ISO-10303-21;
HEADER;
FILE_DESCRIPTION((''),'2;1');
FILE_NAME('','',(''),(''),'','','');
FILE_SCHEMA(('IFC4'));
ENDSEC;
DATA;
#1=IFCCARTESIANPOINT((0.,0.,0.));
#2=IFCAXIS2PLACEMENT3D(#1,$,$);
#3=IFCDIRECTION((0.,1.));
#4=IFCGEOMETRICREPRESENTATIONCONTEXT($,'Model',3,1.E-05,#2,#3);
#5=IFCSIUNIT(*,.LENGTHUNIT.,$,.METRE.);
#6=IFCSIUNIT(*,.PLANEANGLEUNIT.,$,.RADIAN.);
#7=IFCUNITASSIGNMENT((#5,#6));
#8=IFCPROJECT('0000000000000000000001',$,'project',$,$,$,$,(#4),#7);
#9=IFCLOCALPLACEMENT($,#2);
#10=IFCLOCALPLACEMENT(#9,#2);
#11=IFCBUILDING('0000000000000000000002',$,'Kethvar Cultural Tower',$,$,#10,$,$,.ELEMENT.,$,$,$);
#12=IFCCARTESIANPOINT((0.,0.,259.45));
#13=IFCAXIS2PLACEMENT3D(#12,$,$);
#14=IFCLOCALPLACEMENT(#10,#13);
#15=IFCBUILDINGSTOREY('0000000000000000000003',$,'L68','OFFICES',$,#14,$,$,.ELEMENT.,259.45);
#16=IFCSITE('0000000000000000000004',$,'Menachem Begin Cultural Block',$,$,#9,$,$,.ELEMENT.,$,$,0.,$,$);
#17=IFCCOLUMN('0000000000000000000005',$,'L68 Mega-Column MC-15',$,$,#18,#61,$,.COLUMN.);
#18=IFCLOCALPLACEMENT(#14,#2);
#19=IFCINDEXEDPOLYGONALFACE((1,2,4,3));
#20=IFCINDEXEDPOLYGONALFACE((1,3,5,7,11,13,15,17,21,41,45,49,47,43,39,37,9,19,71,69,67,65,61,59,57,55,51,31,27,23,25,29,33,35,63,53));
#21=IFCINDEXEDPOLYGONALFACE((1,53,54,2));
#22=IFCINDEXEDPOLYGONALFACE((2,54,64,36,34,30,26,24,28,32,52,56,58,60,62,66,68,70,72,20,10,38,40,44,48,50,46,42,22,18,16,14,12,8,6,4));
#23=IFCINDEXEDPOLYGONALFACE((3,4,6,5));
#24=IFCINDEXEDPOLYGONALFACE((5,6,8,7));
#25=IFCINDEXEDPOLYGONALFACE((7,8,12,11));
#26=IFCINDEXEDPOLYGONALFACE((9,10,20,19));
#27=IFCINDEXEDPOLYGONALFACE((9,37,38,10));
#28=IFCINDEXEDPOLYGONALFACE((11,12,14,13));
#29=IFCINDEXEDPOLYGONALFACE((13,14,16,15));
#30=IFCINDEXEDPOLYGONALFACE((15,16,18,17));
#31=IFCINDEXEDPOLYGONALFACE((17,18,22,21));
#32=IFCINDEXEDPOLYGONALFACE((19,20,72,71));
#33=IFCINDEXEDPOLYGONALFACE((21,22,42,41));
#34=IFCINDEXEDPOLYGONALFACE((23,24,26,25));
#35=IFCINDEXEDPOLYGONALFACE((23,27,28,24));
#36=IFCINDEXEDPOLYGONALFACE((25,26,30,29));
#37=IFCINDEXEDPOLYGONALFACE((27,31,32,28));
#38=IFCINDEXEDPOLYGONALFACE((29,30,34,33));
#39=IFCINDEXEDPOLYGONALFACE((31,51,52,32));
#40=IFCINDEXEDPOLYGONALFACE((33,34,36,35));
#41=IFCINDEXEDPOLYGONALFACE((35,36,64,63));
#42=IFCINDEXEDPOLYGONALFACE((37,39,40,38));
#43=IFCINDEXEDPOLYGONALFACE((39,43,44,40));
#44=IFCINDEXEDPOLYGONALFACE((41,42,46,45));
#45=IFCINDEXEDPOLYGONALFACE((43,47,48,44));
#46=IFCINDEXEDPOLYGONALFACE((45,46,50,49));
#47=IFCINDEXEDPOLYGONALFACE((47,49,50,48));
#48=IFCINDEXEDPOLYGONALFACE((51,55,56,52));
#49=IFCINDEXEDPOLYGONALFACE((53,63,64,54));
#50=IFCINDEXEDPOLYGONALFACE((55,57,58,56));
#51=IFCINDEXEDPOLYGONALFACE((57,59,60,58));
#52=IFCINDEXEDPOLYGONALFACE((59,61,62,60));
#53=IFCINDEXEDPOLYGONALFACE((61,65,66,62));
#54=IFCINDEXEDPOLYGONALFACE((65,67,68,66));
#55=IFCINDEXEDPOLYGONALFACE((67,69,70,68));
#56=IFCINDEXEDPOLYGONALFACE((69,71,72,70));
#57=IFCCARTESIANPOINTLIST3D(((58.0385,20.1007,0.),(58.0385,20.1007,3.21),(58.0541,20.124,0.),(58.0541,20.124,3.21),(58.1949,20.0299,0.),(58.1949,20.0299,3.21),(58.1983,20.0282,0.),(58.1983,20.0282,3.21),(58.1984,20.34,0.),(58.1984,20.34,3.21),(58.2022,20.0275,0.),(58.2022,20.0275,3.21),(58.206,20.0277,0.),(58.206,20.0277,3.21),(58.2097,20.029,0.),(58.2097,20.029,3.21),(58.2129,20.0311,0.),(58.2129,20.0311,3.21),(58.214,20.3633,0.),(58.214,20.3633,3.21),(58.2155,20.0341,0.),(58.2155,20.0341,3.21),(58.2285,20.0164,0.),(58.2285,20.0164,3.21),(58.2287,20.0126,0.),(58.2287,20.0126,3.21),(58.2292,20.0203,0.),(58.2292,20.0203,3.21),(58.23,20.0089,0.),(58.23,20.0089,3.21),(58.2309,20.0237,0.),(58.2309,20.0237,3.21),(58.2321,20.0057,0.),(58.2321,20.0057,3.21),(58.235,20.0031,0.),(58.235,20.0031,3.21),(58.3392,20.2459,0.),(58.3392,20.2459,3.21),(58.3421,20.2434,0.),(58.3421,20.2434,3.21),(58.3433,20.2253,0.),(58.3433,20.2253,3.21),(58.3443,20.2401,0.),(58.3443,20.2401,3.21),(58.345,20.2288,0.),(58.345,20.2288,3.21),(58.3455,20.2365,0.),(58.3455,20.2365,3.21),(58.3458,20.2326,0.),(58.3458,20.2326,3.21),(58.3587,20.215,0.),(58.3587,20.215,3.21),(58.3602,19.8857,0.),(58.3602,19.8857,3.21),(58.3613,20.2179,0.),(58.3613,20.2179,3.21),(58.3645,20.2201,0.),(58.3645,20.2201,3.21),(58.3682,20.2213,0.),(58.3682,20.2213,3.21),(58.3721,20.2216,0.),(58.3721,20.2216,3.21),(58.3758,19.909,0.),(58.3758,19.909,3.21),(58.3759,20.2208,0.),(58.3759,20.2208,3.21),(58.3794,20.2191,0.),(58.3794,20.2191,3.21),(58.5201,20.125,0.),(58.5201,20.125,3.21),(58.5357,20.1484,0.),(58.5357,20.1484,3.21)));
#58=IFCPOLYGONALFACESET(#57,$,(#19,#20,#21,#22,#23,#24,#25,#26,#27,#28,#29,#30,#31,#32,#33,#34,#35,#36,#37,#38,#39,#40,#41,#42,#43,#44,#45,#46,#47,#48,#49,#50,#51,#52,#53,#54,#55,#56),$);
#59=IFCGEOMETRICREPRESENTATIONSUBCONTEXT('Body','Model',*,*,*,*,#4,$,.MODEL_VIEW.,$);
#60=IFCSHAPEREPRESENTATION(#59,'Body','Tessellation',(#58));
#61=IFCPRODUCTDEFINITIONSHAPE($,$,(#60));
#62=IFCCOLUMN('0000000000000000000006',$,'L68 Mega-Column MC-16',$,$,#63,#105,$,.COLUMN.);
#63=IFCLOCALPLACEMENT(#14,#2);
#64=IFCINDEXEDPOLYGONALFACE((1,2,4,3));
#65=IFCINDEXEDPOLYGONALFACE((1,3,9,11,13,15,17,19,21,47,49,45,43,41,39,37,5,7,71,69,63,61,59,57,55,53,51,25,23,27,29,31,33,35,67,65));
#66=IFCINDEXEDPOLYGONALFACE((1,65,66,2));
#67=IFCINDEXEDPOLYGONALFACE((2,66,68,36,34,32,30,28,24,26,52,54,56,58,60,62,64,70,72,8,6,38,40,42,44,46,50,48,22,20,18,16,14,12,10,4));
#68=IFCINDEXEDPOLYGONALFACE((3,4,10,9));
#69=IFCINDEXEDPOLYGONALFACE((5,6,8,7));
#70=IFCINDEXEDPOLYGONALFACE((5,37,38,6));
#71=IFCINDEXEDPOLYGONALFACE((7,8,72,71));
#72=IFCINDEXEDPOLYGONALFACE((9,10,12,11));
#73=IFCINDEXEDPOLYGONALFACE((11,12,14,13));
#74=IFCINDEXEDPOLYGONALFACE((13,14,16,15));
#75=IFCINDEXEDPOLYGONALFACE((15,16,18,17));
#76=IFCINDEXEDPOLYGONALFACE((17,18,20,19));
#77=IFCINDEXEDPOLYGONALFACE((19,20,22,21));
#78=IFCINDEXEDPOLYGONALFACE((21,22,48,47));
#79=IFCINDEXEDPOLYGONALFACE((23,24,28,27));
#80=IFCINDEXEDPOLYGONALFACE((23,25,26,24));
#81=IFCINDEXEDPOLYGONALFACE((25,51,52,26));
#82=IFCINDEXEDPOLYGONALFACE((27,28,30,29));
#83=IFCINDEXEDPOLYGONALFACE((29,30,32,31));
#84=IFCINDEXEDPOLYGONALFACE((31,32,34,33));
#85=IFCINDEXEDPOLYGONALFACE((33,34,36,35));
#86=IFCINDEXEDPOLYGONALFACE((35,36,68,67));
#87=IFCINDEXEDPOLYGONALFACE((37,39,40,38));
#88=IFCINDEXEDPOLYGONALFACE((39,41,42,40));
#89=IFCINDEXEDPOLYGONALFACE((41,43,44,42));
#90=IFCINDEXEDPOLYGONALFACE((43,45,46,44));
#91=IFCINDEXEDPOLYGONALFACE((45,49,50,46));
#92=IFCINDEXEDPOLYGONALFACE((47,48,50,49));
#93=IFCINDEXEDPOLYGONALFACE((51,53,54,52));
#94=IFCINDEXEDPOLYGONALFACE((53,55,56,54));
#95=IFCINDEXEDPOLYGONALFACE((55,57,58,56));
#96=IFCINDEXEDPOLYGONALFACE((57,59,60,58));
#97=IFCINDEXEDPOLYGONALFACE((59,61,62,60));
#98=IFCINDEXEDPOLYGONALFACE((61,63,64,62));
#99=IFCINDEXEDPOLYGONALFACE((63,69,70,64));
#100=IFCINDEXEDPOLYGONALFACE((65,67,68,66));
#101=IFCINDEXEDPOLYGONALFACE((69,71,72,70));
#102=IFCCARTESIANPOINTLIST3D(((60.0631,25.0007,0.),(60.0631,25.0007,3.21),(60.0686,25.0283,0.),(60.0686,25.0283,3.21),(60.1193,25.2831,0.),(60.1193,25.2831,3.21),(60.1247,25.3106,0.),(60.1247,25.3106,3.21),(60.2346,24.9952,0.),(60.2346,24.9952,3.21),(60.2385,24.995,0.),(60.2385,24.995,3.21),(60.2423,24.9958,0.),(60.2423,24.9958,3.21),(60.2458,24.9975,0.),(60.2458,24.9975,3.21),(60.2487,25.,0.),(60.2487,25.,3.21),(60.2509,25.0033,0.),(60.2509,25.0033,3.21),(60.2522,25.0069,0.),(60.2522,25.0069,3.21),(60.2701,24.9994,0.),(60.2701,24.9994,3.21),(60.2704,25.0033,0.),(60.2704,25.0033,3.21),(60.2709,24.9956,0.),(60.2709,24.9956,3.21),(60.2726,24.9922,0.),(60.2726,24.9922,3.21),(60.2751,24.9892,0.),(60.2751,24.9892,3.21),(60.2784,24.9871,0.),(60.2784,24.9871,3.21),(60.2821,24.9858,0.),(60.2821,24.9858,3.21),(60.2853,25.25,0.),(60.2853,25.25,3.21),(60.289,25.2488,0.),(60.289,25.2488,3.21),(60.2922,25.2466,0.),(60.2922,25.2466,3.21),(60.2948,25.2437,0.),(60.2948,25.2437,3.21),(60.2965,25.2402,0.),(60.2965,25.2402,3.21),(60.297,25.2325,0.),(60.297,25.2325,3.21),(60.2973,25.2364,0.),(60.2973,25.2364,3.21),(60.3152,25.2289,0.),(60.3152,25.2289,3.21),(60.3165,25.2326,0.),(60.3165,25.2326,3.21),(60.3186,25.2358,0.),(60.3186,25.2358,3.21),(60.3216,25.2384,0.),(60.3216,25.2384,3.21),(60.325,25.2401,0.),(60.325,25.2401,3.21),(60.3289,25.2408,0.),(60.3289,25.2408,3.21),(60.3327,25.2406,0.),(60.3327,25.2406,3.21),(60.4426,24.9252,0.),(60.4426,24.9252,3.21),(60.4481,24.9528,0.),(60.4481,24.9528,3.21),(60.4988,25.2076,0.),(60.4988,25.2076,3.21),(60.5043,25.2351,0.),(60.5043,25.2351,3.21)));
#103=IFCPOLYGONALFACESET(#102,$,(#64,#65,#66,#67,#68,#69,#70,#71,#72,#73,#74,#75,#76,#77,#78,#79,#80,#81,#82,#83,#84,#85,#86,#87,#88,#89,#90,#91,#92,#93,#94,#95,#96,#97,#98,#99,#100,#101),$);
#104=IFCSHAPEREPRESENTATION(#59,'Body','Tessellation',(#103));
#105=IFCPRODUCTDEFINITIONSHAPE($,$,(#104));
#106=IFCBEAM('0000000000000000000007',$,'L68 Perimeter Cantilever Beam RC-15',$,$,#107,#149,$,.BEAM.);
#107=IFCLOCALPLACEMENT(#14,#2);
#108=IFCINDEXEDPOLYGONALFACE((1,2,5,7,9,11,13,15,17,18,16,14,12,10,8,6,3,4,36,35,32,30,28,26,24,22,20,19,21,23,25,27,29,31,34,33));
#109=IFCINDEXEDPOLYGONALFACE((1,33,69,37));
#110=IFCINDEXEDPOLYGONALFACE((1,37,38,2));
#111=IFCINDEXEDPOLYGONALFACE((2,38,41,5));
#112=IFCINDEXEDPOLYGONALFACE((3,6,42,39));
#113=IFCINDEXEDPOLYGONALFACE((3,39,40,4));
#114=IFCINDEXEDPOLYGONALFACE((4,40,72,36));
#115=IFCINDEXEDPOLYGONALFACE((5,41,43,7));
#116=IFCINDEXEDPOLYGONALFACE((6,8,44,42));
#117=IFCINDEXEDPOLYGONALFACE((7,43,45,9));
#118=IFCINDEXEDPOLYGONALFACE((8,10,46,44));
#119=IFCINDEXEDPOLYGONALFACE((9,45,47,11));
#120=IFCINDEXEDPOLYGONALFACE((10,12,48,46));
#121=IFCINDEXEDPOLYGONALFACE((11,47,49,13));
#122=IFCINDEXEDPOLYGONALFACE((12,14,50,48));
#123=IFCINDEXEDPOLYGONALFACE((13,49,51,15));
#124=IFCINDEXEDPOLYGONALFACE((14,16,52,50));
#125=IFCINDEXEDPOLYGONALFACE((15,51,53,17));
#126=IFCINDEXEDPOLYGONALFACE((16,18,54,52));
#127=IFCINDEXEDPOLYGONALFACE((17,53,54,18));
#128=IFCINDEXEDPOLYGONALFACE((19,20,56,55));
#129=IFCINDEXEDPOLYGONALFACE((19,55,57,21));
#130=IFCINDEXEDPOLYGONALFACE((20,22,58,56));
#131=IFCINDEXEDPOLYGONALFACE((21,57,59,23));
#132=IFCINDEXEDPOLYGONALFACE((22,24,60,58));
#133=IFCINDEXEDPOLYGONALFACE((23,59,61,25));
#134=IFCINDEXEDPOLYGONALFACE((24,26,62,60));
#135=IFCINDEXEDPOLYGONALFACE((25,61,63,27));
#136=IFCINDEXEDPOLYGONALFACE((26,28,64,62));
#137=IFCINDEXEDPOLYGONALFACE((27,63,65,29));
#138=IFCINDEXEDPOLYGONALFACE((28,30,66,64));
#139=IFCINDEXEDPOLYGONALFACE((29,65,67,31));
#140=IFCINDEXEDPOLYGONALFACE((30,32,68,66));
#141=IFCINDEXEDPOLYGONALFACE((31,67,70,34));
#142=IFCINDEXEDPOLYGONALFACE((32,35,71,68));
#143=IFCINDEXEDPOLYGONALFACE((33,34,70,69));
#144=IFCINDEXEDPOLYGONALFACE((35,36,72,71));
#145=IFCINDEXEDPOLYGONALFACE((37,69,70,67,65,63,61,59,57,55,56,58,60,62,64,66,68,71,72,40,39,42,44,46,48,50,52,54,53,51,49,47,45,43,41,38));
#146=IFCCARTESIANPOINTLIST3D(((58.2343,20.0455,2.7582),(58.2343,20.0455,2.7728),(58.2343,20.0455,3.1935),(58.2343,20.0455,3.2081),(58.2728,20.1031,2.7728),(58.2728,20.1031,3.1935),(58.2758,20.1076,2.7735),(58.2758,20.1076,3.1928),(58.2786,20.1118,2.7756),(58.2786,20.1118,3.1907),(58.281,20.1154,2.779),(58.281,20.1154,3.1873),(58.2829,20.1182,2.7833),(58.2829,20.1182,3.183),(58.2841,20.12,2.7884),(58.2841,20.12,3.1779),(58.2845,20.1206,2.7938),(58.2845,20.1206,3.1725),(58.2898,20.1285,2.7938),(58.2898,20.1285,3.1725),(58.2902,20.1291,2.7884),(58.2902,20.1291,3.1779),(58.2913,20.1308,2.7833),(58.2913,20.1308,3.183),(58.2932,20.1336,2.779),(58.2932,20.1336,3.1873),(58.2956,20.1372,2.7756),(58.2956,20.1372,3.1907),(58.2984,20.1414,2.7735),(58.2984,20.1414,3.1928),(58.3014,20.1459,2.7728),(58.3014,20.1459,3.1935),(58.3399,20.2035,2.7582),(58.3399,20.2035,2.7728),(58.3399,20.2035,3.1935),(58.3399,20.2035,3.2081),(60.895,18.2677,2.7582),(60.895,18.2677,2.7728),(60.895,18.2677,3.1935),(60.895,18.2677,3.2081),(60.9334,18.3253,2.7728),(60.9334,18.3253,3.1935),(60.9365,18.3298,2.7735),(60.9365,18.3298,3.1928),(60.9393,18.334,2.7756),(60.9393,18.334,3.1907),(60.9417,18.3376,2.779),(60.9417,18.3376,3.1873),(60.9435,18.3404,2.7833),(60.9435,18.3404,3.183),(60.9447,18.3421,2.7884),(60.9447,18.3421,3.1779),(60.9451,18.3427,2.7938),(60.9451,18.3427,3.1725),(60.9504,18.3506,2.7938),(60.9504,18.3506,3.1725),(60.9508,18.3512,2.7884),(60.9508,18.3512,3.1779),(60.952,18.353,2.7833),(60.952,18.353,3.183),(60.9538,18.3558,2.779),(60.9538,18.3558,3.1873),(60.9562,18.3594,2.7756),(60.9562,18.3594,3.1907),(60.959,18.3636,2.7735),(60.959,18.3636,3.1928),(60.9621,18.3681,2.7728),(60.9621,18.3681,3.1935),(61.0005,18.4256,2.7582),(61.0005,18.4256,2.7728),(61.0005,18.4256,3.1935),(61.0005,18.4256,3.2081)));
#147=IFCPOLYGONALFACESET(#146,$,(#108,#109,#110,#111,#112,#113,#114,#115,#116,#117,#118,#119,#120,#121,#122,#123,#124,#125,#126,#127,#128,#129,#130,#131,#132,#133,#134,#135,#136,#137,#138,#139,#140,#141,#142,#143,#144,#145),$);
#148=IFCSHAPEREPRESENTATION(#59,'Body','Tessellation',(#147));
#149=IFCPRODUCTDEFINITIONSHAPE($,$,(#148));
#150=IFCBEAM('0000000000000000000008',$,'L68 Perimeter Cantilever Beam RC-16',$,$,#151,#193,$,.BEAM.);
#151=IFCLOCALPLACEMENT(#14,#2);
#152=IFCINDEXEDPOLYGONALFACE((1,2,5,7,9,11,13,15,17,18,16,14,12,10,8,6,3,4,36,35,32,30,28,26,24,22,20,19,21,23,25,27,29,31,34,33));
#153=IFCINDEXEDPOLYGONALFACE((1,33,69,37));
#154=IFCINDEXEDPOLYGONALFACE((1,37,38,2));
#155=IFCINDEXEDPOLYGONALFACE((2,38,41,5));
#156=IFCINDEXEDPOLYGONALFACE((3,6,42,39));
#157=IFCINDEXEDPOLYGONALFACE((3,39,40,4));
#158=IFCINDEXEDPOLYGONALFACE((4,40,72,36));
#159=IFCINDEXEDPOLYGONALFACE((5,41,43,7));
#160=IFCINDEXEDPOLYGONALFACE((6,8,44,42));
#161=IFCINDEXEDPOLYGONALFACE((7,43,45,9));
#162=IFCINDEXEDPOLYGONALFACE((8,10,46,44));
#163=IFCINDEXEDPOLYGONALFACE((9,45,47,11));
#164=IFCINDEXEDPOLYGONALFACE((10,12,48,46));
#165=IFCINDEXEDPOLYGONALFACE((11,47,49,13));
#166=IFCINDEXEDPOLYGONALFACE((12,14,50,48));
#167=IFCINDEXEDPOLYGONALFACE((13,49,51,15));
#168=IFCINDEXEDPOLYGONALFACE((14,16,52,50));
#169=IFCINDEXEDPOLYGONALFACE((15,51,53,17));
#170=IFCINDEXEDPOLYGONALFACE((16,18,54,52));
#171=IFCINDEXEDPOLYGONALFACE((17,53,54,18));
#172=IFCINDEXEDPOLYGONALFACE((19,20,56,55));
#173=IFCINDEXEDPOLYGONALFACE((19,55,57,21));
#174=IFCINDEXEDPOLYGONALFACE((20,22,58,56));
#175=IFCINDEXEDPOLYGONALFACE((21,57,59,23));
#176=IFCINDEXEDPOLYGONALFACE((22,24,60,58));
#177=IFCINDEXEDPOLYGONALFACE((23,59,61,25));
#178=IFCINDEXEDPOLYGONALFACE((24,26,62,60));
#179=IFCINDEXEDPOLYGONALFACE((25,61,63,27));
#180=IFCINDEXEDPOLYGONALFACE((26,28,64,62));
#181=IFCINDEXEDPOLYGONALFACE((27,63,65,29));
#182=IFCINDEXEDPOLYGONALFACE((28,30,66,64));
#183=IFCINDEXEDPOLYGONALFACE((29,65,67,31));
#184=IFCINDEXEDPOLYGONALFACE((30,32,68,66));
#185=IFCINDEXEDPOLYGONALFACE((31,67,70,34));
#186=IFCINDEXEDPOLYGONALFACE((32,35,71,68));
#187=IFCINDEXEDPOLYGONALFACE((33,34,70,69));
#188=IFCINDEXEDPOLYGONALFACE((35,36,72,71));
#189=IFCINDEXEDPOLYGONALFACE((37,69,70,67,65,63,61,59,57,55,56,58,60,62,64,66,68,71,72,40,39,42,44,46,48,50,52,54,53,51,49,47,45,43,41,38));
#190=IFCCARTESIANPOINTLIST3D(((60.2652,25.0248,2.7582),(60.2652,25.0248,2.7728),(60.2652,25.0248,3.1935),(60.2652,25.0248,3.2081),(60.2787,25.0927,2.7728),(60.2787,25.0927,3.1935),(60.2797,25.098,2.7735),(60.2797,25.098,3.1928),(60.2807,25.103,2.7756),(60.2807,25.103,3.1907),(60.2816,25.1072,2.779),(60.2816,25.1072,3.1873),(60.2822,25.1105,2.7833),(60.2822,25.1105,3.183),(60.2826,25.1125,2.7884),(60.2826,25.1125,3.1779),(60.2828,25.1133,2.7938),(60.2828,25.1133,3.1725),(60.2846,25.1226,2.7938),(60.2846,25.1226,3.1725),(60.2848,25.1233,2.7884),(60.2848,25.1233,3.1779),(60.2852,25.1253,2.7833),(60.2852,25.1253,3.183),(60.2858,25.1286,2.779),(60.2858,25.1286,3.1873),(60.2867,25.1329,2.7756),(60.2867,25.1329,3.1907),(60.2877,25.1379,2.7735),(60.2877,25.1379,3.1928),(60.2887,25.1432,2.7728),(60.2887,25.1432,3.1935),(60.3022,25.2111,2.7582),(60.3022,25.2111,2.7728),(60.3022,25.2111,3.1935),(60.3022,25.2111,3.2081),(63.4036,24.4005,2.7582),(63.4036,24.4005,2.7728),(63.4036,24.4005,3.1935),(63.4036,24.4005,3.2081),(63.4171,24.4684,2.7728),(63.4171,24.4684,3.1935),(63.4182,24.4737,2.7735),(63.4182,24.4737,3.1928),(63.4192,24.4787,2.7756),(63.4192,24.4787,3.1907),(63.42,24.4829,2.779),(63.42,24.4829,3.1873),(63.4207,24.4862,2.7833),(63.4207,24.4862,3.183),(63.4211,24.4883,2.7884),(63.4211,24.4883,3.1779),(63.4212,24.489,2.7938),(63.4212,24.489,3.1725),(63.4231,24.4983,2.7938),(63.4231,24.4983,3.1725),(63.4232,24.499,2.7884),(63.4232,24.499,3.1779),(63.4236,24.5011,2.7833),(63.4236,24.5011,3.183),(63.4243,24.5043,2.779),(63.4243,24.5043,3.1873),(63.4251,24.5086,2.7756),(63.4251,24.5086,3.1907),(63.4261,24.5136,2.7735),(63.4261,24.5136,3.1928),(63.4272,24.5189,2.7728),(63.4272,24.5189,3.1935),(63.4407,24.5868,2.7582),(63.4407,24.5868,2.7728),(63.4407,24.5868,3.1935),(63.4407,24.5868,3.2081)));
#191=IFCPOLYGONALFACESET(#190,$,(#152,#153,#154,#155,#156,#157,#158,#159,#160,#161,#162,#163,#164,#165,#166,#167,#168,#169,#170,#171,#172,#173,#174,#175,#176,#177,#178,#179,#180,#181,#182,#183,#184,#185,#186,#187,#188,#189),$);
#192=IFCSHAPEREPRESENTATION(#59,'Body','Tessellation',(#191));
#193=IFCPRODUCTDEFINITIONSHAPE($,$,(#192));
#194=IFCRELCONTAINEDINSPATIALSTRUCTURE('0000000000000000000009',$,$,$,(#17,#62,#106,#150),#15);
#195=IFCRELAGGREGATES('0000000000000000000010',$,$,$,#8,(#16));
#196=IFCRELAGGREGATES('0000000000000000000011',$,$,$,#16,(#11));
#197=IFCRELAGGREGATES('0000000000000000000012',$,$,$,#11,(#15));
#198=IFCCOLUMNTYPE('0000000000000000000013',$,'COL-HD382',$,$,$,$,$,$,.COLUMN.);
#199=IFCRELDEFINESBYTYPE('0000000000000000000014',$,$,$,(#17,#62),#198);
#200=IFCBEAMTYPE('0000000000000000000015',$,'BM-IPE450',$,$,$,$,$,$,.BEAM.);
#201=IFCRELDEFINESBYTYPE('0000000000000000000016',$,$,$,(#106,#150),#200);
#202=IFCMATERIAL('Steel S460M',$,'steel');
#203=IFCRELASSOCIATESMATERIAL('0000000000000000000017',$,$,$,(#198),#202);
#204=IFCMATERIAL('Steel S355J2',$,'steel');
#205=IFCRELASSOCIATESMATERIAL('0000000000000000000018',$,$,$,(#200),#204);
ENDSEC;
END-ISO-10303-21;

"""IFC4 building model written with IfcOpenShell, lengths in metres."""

from ifc_helpers import new_model, si_unit, direction, frame, origin, origin_2d, place, context, subcontext, project, spatial, i_section, extrude, source, transform, mapped, material, material_profile, profile_set, type_object, element, save


model = new_model("IFC4")

# Units and contexts
model_context = context("Model", 3, precision=1e-05, world=origin(), true_north=direction((0.0, 1.0)))
body_context = subcontext(model_context, "Body", "Model", "MODEL_VIEW")
ifc_project = project(units=[si_unit("LENGTHUNIT", "METRE"), si_unit("PLANEANGLEUNIT", "RADIAN")], contexts=[model_context])

# Site, building, storey
site_placement = place(None, origin())
site = spatial("IfcSite", under=ifc_project, at=site_placement, Name="Menachem Begin Cultural Block", CompositionType="ELEMENT", RefElevation=0.0)
building_placement = place(site_placement, origin())
building = spatial("IfcBuilding", under=site, at=building_placement, Name="Kethvar Cultural Tower", CompositionType="ELEMENT")
storey_placement = place(building_placement, frame((0.0, 0.0, 259.45)))
storey = spatial("IfcBuildingStorey", under=building, at=storey_placement, Name="L68", Description="OFFICES", CompositionType="ELEMENT", Elevation=259.45)

# Columns
ifc_material_1 = material(Name="Steel S460M", Category="steel")
ifc_material_profile_1 = material_profile(ifc_material_1, i_section(OverallWidth=0.387, OverallDepth=0.3159, WebThickness=0.0186, FlangeThickness=0.0281, FilletRadius=0.0149, at=origin_2d()), Name="Steel S460M — HD400x382")
ifc_profile_set_1 = profile_set([ifc_material_profile_1], Name="Steel S460M — HD400x382")
column_type = type_object("IfcColumnType", Name="COL-HD382", PredefinedType="COLUMN", material=ifc_profile_set_1)
shared_shape_1 = source(origin(), body_context, "Body", "SweptSolid", [
    extrude(i_section(OverallWidth=0.387, OverallDepth=0.3159, WebThickness=0.0186, FlangeThickness=0.0281, FilletRadius=0.0149, at=origin_2d()), origin(), (0.0, 0.0, 1.0), 3.21),
])
for number, where, z_axis, x_axis, name in (
    (1, (58.2871, 20.1245, 0.0), (0.0, 0.0, 1.0), (0.83147, -0.55557, 0.0), "L68 Mega-Column MC-15"),
    (2, (60.2837, 25.1179, 0.0), (0.0, 0.0, 1.0), (0.980785, -0.19509, 0.0), "L68 Mega-Column MC-16"),
):
    element("IfcColumn", number, at=place(storey_placement, frame(where, z_axis=z_axis, x_axis=x_axis)), inside=storey, type_object=column_type, Name=name, PredefinedType="COLUMN", context=body_context, shape_type="MappedRepresentation", body=[
        mapped(shared_shape_1, transform((0.0, 0.0, 0.0), scale=1.0)),
    ])

# Beams
ifc_material_2 = material(Name="Steel S355J2", Category="steel")
ifc_material_profile_2 = material_profile(ifc_material_2, i_section(OverallWidth=0.1899, OverallDepth=0.45, WebThickness=0.0095, FlangeThickness=0.0146, FilletRadius=0.021, at=origin_2d()), Name="Steel S355J2 — IPE450")
ifc_profile_set_2 = profile_set([ifc_material_profile_2], Name="Steel S355J2 — IPE450")
beam_type_1 = type_object("IfcBeamType", Name="BM-IPE450", PredefinedType="BEAM", material=ifc_profile_set_2)
shared_shape_2 = source(origin(), body_context, "Body", "SweptSolid", [
    extrude(i_section(OverallWidth=0.1899, OverallDepth=0.45, WebThickness=0.0095, FlangeThickness=0.0146, FilletRadius=0.021, at=origin_2d()), origin(), (0.0, 0.0, 1.0), 3.2),
])
for number, where, z_axis, x_axis, name in (
    (3, (58.2871, 20.1245, 2.9832), (0.831463, -0.55558, 0.0), (0.55558, 0.831463, 0.0), "L68 Perimeter Cantilever Beam RC-15"),
    (4, (60.2837, 25.1179, 2.9832), (0.980786, -0.195089, 0.0), (0.195089, 0.980786, 0.0), "L68 Perimeter Cantilever Beam RC-16"),
):
    element("IfcBeam", number, at=place(storey_placement, frame(where, z_axis=z_axis, x_axis=x_axis)), inside=storey, type_object=beam_type_1, Name=name, PredefinedType="BEAM", context=body_context, shape_type="MappedRepresentation", body=[
        mapped(shared_shape_2, transform((0.0, 0.0, 0.0), scale=1.0)),
    ])

save(model, "model.ifc")
